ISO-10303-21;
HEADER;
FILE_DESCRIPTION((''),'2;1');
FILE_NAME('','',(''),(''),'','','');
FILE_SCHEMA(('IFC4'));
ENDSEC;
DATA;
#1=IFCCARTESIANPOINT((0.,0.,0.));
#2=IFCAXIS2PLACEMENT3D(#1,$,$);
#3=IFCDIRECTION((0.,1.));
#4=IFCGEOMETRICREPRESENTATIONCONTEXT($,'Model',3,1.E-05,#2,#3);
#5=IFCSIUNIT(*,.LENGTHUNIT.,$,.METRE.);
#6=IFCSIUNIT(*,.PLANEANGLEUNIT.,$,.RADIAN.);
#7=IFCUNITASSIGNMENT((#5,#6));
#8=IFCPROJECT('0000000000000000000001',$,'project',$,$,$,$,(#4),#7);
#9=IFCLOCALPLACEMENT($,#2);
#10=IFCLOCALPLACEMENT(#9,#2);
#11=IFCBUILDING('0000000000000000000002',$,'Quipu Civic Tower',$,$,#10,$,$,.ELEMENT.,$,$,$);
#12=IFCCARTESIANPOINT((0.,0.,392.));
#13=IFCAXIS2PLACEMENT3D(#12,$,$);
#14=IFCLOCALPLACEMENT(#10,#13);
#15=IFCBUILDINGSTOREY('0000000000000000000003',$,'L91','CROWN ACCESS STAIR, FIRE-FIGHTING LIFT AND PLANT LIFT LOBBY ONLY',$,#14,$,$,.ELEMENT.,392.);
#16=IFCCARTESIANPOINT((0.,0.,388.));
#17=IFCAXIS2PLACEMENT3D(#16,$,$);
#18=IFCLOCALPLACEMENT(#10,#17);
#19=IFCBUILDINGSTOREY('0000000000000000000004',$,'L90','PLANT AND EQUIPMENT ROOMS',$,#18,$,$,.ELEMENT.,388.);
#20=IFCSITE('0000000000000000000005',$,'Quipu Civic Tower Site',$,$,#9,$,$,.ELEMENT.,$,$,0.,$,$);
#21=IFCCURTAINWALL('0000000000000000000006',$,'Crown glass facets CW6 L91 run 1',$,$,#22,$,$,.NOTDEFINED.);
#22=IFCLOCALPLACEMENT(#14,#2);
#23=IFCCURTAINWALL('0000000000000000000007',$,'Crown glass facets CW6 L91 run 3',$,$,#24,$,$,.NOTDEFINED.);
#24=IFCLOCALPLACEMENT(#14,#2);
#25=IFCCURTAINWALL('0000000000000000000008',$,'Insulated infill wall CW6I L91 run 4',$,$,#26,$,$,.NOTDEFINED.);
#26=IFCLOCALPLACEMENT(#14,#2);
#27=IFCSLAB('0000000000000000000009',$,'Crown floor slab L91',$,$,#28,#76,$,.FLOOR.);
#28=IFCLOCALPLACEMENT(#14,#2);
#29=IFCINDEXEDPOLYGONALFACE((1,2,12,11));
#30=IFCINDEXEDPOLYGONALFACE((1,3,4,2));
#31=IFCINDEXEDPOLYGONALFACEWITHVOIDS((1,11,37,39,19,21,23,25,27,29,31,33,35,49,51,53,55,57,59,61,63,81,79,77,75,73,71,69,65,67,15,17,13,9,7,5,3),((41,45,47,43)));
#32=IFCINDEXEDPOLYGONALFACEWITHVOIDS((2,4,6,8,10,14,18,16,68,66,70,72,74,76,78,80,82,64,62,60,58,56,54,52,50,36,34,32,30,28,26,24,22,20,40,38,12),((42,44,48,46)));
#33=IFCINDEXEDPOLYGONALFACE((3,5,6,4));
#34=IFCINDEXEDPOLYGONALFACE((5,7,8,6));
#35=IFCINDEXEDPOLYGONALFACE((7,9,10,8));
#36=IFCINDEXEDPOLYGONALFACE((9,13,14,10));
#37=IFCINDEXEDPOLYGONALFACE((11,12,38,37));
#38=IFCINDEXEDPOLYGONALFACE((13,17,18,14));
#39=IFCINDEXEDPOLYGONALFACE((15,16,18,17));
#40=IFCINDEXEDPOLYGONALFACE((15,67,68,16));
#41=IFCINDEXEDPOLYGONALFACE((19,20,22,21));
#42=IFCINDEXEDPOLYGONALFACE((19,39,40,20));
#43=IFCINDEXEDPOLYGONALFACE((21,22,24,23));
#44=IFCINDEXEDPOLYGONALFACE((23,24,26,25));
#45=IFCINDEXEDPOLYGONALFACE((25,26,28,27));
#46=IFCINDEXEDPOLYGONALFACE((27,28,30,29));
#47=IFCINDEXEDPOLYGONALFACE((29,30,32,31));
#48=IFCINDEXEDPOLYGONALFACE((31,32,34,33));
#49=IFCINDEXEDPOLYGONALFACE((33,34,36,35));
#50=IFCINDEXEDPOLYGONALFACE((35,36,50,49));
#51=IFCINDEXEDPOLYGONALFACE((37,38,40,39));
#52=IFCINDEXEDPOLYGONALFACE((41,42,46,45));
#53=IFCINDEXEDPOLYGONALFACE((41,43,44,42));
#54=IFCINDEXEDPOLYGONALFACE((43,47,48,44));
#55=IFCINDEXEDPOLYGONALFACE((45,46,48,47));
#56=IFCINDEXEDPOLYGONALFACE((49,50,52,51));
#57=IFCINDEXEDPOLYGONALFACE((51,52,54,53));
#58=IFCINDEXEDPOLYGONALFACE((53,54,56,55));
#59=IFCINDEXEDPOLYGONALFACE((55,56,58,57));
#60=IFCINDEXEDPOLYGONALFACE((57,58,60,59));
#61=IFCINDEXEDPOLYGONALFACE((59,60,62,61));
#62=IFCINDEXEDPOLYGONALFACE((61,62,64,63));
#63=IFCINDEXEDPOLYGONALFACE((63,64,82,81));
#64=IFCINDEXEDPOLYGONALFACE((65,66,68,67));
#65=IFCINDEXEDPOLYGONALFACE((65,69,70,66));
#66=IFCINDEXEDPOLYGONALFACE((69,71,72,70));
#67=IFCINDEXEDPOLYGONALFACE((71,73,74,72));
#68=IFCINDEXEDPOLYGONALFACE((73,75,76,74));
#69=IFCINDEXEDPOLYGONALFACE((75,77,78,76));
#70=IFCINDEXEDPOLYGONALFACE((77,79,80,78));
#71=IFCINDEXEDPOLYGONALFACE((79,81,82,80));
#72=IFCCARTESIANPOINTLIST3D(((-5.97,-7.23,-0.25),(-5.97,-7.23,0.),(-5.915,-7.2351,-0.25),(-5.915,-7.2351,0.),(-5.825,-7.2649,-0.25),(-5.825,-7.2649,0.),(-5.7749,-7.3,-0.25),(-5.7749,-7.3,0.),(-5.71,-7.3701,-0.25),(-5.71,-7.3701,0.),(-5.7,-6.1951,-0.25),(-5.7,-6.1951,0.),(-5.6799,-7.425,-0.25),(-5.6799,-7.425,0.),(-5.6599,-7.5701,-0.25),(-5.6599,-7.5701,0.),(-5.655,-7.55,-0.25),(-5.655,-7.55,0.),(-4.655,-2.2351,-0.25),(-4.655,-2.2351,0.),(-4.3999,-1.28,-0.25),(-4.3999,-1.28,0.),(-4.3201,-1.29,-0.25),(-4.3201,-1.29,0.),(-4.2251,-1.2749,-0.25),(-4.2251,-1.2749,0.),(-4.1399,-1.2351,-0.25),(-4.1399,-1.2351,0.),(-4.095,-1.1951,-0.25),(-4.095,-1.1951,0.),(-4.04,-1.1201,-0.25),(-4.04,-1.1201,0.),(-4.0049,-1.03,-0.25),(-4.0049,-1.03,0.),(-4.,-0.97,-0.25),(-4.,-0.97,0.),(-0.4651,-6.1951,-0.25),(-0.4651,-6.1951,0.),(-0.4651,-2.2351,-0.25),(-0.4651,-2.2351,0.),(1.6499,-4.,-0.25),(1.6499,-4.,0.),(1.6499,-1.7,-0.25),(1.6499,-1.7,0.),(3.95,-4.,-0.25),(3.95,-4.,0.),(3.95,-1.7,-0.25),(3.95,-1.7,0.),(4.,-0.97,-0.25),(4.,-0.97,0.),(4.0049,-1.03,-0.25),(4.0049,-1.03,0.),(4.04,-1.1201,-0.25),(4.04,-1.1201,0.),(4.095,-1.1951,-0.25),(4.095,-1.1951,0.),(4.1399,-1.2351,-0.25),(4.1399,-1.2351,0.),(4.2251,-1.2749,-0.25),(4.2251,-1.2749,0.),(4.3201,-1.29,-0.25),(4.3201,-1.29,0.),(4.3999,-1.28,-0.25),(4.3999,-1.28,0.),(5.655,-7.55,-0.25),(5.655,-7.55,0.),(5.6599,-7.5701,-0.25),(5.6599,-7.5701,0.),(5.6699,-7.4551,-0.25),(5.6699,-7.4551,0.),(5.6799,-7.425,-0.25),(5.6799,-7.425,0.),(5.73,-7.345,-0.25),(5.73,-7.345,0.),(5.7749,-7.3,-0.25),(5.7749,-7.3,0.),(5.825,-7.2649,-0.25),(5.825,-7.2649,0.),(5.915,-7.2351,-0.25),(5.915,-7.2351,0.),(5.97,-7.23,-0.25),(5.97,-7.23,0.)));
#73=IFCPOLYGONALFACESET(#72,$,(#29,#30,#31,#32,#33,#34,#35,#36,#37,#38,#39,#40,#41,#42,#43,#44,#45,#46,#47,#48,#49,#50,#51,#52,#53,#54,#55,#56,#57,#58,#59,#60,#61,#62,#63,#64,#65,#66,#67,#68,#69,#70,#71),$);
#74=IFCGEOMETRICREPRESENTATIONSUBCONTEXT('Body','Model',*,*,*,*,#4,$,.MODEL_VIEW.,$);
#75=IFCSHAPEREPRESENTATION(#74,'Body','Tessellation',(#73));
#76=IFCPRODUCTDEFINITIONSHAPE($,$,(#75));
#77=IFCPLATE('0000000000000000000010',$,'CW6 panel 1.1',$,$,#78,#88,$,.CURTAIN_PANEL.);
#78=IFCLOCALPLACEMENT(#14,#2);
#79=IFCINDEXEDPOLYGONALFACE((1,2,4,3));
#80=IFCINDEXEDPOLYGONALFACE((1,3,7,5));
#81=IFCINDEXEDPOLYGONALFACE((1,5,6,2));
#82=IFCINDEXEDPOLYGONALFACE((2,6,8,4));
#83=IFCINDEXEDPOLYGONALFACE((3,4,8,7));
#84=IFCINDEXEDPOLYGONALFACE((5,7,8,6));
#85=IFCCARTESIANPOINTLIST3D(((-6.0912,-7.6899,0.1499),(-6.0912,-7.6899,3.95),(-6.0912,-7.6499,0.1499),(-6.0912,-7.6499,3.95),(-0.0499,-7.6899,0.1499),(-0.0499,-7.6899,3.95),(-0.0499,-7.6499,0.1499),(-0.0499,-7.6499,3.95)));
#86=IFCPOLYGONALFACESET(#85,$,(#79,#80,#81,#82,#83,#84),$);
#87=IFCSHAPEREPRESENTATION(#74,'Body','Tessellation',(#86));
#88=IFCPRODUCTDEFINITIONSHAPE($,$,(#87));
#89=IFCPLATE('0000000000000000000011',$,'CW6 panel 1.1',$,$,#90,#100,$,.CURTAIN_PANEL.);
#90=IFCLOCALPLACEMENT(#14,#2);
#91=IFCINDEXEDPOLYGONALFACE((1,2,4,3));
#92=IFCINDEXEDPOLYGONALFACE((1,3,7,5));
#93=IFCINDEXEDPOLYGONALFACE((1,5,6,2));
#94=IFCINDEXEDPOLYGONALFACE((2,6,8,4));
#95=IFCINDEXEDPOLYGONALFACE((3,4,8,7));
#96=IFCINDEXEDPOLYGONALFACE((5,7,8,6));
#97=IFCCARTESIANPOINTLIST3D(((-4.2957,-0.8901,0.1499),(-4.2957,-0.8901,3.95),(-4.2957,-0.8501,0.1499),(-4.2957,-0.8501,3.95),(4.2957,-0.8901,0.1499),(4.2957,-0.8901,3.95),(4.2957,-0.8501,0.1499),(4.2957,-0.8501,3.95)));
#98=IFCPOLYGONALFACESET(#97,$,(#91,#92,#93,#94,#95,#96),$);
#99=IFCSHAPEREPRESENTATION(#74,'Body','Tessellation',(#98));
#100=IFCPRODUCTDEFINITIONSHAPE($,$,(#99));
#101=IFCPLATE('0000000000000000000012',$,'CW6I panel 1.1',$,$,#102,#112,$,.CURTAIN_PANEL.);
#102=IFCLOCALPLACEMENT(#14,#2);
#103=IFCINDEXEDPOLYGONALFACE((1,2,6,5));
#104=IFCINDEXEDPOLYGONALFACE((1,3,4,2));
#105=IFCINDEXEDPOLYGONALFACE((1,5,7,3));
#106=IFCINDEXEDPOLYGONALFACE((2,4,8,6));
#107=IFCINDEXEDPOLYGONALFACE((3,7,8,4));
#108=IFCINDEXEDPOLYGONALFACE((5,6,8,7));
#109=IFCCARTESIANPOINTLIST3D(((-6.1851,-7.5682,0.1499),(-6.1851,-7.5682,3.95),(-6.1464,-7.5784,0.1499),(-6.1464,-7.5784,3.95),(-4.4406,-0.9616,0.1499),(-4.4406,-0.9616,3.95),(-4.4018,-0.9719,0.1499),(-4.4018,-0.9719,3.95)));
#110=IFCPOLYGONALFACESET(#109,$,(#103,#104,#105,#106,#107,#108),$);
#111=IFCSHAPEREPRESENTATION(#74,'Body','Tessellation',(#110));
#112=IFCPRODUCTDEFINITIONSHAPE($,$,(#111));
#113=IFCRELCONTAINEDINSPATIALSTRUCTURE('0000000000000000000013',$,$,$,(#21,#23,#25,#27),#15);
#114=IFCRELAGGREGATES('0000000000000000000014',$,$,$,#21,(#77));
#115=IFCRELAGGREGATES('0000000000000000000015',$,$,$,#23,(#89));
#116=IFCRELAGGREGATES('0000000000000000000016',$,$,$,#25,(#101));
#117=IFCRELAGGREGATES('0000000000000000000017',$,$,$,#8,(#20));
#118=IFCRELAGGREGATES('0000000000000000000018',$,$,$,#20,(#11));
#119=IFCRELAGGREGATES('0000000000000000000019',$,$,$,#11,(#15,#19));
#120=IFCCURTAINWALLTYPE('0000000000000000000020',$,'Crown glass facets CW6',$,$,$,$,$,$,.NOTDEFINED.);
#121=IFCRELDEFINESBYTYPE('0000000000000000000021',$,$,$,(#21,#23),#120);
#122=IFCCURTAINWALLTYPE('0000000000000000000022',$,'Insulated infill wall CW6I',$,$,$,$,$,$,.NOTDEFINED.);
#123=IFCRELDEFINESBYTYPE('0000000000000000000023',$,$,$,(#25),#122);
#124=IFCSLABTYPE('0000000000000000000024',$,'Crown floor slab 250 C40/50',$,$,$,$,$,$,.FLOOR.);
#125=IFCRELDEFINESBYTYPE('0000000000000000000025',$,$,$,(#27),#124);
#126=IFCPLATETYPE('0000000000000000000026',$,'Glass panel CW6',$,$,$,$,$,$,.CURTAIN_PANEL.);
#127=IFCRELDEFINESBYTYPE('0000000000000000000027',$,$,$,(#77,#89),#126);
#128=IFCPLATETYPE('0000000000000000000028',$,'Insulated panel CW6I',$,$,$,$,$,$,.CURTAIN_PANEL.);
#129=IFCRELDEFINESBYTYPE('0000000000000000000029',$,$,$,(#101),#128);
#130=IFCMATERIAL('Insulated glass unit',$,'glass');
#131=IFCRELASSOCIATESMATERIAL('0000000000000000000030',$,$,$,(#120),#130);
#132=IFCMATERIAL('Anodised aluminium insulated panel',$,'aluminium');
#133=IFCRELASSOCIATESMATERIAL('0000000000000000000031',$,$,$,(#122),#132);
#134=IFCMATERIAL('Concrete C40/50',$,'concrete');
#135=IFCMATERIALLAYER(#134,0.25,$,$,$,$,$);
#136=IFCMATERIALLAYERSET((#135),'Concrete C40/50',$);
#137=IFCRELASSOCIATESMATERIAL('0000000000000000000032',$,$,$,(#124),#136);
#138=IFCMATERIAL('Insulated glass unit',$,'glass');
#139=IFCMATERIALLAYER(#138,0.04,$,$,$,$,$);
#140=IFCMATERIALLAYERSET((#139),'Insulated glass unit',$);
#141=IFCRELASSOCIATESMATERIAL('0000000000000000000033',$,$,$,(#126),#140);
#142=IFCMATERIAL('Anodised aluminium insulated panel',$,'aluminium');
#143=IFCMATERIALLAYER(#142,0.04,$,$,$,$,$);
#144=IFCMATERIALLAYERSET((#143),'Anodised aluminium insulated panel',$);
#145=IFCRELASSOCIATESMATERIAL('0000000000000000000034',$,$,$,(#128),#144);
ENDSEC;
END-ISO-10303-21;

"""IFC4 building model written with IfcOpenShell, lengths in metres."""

from ifc_helpers import new_model, si_unit, direction, frame, origin, origin_2d, place, context, subcontext, project, spatial, polyline, rectangle, outline, extrude, material, layer, layer_set, type_object, element, aggregate, save


model = new_model("IFC4")

# Units and contexts
model_context = context("Model", 3, precision=1e-05, world=origin(), true_north=direction((0.0, 1.0)))
body_context = subcontext(model_context, "Body", "Model", "MODEL_VIEW")
ifc_project = project(units=[si_unit("LENGTHUNIT", "METRE"), si_unit("PLANEANGLEUNIT", "RADIAN")], contexts=[model_context])

# Site, building, storey
site_placement = place(None, origin())
site = spatial("IfcSite", under=ifc_project, at=site_placement, Name="Quipu Civic Tower Site", CompositionType="ELEMENT", RefElevation=0.0)
building_placement = place(site_placement, origin())
building = spatial("IfcBuilding", under=site, at=building_placement, Name="Quipu Civic Tower", CompositionType="ELEMENT")
storey_1_placement = place(building_placement, frame((0.0, 0.0, 392.0)))
storey_1 = spatial("IfcBuildingStorey", under=building, at=storey_1_placement, Name="L91", Description="CROWN ACCESS STAIR, FIRE-FIGHTING LIFT AND PLANT LIFT LOBBY ONLY", CompositionType="ELEMENT", Elevation=392.0)

# Curtain wall
ifc_material_1 = material(Name="Insulated glass unit", Category="glass")
curtain_wall_type_1 = type_object("IfcCurtainWallType", Name="Crown glass facets CW6", PredefinedType="NOTDEFINED", material=ifc_material_1)
curtain_wall_1_placement = place(storey_1_placement, origin())
curtain_wall_1 = element("IfcCurtainWall", 1, at=curtain_wall_1_placement, inside=storey_1, type_object=curtain_wall_type_1, Name="Crown glass facets CW6 L91 run 1", PredefinedType="NOTDEFINED")

# Curtain wall
curtain_wall_2_placement = place(storey_1_placement, origin())
curtain_wall_2 = element("IfcCurtainWall", 2, at=curtain_wall_2_placement, inside=storey_1, type_object=curtain_wall_type_1, Name="Crown glass facets CW6 L91 run 3", PredefinedType="NOTDEFINED")

# Curtain wall
ifc_material_2 = material(Name="Anodised aluminium insulated panel", Category="aluminium")
curtain_wall_type_2 = type_object("IfcCurtainWallType", Name="Insulated infill wall CW6I", PredefinedType="NOTDEFINED", material=ifc_material_2)
curtain_wall_3_placement = place(storey_1_placement, origin())
curtain_wall_3 = element("IfcCurtainWall", 3, at=curtain_wall_3_placement, inside=storey_1, type_object=curtain_wall_type_2, Name="Insulated infill wall CW6I L91 run 4", PredefinedType="NOTDEFINED")

# Shared definitions
storey_2_placement = place(building_placement, frame((0.0, 0.0, 388.0)))
storey_2 = spatial("IfcBuildingStorey", under=building, at=storey_2_placement, Name="L90", Description="PLANT AND EQUIPMENT ROOMS", CompositionType="ELEMENT", Elevation=388.0)

# Slab
ifc_material_3 = material(Name="Concrete C40/50", Category="concrete")
ifc_layer_1 = layer(ifc_material_3, 0.25)
ifc_layer_set_1 = layer_set([ifc_layer_1], Name="Concrete C40/50")
slab_type = type_object("IfcSlabType", Name="Crown floor slab 250 C40/50", PredefinedType="FLOOR", material=ifc_layer_set_1)
slab_placement = place(storey_1_placement, frame((0.0, 0.0, -0.25)))
element("IfcSlab", 4, at=slab_placement, inside=storey_1, type_object=slab_type, Name="Crown floor slab L91", PredefinedType="FLOOR", context=body_context, shape_type="SweptSolid", body=[
    extrude(outline(polyline([(-5.655, -7.55), (-5.6799, -7.425), (-5.71, -7.3701), (-5.7749, -7.3), (-5.825, -7.2649), (-5.915, -7.2351), (-5.97, -7.23), (-5.7, -6.1951), (-0.4651, -6.1951), (-0.4651, -2.2351), (-4.655, -2.2351), (-4.3999, -1.28), (-4.3201, -1.29), (-4.2251, -1.2749), (-4.1399, -1.2351), (-4.095, -1.1951), (-4.04, -1.1201), (-4.0049, -1.03), (-4.0, -0.97), (4.0, -0.97), (4.0049, -1.03), (4.04, -1.1201), (4.095, -1.1951), (4.1399, -1.2351), (4.2251, -1.2749), (4.3201, -1.29), (4.3999, -1.28), (5.97, -7.23), (5.915, -7.2351), (5.825, -7.2649), (5.7749, -7.3), (5.73, -7.345), (5.6799, -7.425), (5.6699, -7.4551), (5.655, -7.55), (5.6599, -7.5701), (-5.6599, -7.5701), (-5.655, -7.55)]), holes=[polyline([(3.95, -1.7), (1.6499, -1.7), (1.6499, -4.0), (3.95, -4.0), (3.95, -1.7)])]), origin(), (0.0, 0.0, 1.0), 0.25),
])

# Plates
ifc_material_4 = material(Name="Insulated glass unit", Category="glass")
ifc_layer_2 = layer(ifc_material_4, 0.04)
ifc_layer_set_2 = layer_set([ifc_layer_2], Name="Insulated glass unit")
plate_type_1 = type_object("IfcPlateType", Name="Glass panel CW6", PredefinedType="CURTAIN_PANEL", material=ifc_layer_set_2)
plate_1_placement = place(storey_1_placement, frame((-3.0706, -7.6699, 0.1499), z_axis=(0.0, 0.0, 1.0), x_axis=(1.0, 0.0, 0.0)))
plate_1 = element("IfcPlate", 5, at=plate_1_placement, type_object=plate_type_1, Name="CW6 panel 1.1", PredefinedType="CURTAIN_PANEL", context=body_context, shape_type="SweptSolid", body=[
    extrude(rectangle(XDim=6.0413, YDim=0.04, at=origin_2d()), origin(), (0.0, 0.0, 1.0), 3.8),
])
aggregate(curtain_wall_1, [plate_1])
plate_2_placement = place(storey_1_placement, frame((0.0, -0.8701, 0.1499), z_axis=(0.0, 0.0, 1.0), x_axis=(-1.0, 0.0, 0.0)))
plate_2 = element("IfcPlate", 6, at=plate_2_placement, type_object=plate_type_1, Name="CW6 panel 1.1", PredefinedType="CURTAIN_PANEL", context=body_context, shape_type="SweptSolid", body=[
    extrude(rectangle(XDim=8.5913, YDim=0.04, at=origin_2d()), origin(), (0.0, 0.0, 1.0), 3.8),
])
aggregate(curtain_wall_2, [plate_2])
ifc_material_5 = material(Name="Anodised aluminium insulated panel", Category="aluminium")
ifc_layer_3 = layer(ifc_material_5, 0.04)
ifc_layer_set_3 = layer_set([ifc_layer_3], Name="Anodised aluminium insulated panel")
plate_type_2 = type_object("IfcPlateType", Name="Insulated panel CW6I", PredefinedType="CURTAIN_PANEL", material=ifc_layer_set_3)
plate_3_placement = place(storey_1_placement, frame((-5.2935, -4.27, 0.1499), z_axis=(0.0, 0.0, 1.0), x_axis=(-0.255308, -0.96686, 0.0)))
plate_3 = element("IfcPlate", 7, at=plate_3_placement, type_object=plate_type_2, Name="CW6I panel 1.1", PredefinedType="CURTAIN_PANEL", context=body_context, shape_type="SweptSolid", body=[
    extrude(rectangle(XDim=6.833, YDim=0.04, at=origin_2d()), origin(), (0.0, 0.0, 1.0), 3.8),
])
aggregate(curtain_wall_3, [plate_3])

save(model, "model.ifc")
